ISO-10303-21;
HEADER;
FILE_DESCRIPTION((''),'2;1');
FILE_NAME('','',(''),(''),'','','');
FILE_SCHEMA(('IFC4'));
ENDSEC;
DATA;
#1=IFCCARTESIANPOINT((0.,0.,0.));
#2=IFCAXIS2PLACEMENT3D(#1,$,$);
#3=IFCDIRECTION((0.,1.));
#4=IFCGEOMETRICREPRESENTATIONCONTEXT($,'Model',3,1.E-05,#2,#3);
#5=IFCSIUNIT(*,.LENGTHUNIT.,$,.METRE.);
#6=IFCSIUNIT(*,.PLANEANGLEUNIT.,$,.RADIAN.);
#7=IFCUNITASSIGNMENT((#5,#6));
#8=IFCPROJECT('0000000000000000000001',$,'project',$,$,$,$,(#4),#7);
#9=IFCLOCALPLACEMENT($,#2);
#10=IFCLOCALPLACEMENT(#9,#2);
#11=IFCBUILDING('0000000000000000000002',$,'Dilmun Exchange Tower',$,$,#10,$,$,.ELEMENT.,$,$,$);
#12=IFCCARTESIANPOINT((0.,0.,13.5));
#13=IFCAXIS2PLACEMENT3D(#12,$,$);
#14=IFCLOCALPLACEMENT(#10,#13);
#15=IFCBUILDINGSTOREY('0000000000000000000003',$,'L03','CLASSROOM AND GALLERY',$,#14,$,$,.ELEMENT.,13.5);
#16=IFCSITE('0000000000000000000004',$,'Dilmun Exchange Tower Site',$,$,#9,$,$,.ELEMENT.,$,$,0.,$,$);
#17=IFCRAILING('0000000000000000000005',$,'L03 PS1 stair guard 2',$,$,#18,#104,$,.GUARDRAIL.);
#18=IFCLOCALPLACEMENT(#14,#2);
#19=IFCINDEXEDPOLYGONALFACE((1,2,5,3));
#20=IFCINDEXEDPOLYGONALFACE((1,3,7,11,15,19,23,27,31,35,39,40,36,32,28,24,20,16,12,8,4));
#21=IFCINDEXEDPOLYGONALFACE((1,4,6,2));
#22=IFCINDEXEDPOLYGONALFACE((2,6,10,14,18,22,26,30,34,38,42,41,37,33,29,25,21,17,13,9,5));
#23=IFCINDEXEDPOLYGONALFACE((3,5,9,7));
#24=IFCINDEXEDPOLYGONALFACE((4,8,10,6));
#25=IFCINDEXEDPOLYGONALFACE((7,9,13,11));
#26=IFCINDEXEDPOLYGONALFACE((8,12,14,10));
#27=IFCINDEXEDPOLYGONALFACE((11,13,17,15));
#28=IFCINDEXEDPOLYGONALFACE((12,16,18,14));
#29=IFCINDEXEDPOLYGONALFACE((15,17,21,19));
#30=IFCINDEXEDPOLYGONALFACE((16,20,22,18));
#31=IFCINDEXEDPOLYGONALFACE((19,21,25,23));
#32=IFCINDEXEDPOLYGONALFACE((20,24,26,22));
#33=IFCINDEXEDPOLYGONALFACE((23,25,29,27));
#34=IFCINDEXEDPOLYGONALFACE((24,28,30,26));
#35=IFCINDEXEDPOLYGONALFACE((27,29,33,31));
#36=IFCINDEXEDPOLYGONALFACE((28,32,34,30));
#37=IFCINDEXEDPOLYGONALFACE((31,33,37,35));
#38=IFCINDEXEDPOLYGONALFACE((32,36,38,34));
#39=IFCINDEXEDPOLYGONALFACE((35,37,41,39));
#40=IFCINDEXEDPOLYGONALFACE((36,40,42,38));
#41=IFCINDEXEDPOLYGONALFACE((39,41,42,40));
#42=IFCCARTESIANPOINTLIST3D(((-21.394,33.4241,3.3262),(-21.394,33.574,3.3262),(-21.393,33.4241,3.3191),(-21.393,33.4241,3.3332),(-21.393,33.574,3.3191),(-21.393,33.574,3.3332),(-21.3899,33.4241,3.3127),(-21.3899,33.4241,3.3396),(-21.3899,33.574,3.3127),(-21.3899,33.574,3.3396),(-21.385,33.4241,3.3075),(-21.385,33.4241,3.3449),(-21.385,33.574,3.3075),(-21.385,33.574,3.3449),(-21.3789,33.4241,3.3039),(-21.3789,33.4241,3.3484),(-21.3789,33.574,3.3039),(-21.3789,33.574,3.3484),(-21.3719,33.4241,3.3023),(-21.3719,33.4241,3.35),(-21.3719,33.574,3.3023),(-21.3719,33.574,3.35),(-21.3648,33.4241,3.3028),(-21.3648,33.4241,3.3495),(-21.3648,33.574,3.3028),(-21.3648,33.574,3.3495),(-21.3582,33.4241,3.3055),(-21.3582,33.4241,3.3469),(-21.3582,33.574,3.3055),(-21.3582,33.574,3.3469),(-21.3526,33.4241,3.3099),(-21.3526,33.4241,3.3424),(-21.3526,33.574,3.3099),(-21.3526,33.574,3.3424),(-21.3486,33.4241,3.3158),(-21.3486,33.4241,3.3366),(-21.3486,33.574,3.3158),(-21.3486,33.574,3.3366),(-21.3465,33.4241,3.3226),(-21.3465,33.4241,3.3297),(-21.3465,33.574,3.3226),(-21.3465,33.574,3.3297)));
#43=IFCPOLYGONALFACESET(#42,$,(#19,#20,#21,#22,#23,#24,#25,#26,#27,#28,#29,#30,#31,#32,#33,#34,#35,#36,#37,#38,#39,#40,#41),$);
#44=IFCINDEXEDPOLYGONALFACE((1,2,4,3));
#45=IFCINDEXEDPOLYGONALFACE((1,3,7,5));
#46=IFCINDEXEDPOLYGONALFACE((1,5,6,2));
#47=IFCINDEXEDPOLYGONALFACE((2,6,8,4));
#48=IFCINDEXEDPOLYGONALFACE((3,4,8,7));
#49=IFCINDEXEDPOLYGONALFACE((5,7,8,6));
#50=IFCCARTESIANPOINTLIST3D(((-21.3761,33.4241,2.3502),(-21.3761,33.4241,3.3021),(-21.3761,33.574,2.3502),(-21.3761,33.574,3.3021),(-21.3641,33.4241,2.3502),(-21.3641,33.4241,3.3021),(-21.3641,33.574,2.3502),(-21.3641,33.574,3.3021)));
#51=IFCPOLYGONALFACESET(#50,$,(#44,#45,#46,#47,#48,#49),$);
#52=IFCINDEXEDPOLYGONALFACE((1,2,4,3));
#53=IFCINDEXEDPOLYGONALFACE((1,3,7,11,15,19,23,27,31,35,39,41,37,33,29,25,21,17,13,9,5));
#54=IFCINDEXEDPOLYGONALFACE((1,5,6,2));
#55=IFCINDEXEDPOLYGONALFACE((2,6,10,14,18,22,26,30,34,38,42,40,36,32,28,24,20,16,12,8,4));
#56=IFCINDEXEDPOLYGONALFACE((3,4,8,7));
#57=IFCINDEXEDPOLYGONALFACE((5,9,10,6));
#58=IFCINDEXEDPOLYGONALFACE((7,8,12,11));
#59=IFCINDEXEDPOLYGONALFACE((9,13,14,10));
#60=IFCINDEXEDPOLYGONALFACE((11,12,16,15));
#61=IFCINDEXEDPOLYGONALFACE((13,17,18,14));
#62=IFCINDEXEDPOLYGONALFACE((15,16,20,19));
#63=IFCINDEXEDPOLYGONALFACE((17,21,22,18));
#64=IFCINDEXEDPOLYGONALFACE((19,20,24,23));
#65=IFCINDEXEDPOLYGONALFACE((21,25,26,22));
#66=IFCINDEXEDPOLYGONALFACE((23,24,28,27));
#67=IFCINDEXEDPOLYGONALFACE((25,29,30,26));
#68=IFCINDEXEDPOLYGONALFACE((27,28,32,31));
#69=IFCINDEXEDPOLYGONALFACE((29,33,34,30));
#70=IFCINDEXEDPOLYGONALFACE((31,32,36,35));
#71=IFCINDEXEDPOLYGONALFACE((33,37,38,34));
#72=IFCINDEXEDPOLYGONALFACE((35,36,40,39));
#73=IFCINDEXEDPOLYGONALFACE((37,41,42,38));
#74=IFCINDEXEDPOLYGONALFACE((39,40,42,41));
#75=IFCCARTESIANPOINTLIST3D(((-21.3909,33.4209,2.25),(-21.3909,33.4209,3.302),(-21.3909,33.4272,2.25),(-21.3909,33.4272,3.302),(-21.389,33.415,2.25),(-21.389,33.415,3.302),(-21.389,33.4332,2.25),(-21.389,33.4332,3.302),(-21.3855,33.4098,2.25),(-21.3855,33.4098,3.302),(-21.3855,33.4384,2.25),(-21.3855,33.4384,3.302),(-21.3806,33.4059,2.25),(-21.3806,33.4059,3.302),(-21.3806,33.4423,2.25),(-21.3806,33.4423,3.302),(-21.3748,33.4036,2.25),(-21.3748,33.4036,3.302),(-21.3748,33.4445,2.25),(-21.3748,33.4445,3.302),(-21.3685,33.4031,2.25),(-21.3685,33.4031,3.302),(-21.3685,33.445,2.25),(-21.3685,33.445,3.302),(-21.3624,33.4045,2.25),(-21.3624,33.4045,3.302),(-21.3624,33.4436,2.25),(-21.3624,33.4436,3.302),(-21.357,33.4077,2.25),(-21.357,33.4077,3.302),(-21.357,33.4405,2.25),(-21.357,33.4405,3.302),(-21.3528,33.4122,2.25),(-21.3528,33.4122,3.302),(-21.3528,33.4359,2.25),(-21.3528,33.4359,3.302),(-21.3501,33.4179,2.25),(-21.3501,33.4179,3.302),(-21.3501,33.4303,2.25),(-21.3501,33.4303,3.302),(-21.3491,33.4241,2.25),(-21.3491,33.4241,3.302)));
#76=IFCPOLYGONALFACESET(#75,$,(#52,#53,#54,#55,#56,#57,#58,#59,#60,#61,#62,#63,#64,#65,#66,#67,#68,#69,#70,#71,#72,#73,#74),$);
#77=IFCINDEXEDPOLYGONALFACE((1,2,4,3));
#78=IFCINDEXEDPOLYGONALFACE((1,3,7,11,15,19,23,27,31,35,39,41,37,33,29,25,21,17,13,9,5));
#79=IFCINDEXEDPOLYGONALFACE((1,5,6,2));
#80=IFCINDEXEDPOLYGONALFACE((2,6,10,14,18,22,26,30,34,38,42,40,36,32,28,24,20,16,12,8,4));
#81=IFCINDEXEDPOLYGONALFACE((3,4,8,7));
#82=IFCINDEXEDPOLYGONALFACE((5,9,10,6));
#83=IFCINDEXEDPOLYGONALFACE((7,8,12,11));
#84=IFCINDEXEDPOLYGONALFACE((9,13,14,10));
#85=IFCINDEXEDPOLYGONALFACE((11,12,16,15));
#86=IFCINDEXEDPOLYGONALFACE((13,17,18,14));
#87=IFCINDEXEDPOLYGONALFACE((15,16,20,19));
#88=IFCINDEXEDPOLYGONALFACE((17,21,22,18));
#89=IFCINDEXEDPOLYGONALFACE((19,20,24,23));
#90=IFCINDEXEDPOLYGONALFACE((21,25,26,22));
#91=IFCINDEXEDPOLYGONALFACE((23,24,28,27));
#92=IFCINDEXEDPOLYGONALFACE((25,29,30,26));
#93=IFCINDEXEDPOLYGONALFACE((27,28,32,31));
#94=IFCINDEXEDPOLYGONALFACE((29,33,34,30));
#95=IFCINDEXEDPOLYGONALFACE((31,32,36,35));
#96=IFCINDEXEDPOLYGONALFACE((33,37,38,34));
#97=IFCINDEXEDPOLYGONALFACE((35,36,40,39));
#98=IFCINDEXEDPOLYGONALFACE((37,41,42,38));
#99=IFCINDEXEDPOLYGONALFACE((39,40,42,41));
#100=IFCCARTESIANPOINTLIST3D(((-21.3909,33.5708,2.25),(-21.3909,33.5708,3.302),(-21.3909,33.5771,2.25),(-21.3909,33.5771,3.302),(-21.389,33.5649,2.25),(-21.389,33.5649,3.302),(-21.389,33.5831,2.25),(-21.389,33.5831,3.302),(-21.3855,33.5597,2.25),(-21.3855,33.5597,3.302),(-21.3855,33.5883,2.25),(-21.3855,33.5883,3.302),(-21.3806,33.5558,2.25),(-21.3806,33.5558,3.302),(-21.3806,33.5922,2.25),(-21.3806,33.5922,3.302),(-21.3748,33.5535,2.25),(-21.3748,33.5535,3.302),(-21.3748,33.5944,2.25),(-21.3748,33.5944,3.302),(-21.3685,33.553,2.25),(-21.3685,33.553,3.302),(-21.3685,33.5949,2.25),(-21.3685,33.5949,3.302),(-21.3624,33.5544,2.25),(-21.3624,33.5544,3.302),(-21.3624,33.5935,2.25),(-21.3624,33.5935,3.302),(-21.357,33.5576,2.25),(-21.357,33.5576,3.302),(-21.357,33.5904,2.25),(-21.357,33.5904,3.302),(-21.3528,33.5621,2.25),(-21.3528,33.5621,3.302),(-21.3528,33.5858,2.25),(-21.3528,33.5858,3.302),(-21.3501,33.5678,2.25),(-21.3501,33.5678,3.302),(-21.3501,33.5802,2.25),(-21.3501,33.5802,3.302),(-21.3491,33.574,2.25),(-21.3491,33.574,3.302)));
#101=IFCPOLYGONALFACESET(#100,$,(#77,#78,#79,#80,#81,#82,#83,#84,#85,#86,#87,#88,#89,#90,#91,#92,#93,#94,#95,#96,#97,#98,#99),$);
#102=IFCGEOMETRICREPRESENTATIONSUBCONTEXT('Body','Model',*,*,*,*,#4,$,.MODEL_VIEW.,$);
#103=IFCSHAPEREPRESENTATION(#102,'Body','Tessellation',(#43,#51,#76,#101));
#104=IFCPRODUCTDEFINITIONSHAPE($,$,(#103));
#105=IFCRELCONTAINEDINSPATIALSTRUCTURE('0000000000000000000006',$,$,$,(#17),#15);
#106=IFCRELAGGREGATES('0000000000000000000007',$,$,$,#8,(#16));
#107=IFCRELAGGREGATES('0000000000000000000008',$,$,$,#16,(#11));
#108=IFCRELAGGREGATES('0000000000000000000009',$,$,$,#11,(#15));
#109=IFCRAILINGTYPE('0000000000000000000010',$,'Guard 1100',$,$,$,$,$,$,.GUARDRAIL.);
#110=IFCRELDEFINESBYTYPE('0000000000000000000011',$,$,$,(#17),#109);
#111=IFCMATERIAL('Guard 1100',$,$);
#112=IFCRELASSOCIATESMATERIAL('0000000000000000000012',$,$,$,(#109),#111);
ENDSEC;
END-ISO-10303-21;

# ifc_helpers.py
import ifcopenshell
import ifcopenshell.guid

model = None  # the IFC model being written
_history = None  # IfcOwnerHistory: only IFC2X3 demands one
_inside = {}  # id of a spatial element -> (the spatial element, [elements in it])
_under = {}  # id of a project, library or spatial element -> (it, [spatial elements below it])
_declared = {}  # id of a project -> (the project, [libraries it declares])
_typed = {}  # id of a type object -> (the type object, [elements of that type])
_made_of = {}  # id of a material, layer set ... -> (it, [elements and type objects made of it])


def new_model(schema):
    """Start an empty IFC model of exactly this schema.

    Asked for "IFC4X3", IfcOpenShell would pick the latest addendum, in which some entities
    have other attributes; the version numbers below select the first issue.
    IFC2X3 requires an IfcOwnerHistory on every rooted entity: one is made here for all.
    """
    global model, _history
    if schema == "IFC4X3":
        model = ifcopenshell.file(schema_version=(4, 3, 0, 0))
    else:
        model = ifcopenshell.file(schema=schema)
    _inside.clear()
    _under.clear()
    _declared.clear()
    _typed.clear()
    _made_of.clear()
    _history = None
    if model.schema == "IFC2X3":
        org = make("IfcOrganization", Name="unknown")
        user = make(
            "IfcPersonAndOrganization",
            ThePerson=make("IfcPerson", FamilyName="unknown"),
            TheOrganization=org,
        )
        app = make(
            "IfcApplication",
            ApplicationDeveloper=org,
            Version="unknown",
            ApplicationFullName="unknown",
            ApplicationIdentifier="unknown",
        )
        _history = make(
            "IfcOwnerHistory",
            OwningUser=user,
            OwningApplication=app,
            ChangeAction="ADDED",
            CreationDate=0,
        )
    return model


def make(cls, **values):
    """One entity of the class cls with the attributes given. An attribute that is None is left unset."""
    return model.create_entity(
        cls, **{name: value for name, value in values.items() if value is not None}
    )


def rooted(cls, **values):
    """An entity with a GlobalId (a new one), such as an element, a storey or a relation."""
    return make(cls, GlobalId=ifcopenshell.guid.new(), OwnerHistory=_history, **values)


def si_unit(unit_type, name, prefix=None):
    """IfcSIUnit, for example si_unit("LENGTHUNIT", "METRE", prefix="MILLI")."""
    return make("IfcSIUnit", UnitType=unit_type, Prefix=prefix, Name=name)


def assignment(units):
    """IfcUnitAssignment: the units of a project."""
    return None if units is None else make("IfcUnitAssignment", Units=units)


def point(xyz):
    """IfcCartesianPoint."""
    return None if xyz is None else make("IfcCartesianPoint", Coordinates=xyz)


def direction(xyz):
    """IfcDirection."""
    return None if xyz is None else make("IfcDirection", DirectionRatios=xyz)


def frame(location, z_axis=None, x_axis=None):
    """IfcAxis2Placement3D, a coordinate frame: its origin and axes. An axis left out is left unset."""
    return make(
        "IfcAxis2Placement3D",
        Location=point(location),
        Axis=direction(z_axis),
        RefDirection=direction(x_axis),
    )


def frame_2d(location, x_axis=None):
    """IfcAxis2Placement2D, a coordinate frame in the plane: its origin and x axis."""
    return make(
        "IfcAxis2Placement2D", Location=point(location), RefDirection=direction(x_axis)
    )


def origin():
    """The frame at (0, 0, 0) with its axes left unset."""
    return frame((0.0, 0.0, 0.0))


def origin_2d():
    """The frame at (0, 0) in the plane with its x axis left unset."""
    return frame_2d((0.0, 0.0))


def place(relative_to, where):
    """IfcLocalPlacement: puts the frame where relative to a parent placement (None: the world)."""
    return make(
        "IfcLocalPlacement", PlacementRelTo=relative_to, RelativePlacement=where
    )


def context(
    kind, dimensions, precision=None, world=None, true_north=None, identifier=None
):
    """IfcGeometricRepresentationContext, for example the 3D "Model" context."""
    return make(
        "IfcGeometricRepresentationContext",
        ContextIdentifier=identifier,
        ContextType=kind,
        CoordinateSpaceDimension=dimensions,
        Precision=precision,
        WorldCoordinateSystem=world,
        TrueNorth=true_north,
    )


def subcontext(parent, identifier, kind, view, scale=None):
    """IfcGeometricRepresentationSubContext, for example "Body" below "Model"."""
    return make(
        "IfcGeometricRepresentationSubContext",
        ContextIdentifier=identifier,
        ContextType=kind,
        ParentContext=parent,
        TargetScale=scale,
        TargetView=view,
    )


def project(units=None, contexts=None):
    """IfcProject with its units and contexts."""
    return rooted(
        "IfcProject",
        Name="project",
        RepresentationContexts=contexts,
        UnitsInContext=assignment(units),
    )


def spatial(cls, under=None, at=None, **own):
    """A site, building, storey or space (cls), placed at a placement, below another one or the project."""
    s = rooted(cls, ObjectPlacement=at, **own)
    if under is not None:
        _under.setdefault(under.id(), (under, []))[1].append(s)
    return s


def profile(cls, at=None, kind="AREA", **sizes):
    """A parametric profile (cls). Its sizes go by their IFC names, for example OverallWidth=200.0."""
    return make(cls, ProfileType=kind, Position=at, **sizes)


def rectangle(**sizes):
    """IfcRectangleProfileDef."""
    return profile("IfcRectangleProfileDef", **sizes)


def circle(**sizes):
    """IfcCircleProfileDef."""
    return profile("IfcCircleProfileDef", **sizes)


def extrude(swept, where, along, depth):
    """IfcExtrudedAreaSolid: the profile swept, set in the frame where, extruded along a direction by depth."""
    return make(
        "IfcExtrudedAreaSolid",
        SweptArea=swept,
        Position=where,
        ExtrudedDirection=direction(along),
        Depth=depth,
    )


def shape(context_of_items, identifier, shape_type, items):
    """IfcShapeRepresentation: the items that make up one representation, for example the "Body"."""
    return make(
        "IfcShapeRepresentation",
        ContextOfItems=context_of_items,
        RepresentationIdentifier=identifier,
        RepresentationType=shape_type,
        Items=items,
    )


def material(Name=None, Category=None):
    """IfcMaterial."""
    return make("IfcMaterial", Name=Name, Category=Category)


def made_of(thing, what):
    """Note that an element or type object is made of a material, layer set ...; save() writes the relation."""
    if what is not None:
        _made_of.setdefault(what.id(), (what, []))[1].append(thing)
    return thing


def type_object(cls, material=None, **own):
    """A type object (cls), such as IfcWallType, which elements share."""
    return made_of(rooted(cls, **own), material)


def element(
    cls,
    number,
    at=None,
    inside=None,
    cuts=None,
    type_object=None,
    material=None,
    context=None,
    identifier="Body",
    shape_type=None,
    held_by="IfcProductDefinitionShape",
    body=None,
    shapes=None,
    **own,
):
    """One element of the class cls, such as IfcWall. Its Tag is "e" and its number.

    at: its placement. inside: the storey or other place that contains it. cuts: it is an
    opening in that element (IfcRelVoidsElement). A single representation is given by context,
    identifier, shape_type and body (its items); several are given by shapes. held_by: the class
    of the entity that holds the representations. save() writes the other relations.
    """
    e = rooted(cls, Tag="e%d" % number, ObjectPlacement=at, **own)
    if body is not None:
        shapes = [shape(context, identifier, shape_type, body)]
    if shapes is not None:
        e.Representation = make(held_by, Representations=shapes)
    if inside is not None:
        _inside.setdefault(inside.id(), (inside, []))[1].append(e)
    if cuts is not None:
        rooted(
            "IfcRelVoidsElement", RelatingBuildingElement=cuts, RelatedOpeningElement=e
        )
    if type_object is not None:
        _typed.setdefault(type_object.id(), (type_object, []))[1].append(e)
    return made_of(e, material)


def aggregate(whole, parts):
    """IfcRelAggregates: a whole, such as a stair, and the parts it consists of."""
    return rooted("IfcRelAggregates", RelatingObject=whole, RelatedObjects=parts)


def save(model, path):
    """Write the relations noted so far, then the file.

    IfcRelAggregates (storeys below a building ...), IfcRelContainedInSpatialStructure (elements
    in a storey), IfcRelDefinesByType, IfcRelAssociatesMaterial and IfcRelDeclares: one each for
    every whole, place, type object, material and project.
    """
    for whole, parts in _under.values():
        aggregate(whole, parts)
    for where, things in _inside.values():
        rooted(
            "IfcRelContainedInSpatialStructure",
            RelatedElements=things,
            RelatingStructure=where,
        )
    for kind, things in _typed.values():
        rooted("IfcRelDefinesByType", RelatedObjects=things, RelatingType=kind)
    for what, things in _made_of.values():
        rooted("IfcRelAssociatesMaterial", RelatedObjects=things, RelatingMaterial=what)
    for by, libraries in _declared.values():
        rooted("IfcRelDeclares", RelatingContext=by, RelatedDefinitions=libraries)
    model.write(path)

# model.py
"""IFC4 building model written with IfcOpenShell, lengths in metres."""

from ifc_helpers import new_model, si_unit, direction, frame, origin, origin_2d, place, context, subcontext, project, spatial, rectangle, circle, extrude, material, type_object, element, save


model = new_model("IFC4")

# Units and contexts
model_context = context("Model", 3, precision=1e-05, world=origin(), true_north=direction((0.0, 1.0)))
body_context = subcontext(model_context, "Body", "Model", "MODEL_VIEW")
ifc_project = project(units=[si_unit("LENGTHUNIT", "METRE"), si_unit("PLANEANGLEUNIT", "RADIAN")], contexts=[model_context])

# Site, building, storey
site_placement = place(None, origin())
site = spatial("IfcSite", under=ifc_project, at=site_placement, Name="Dilmun Exchange Tower Site", CompositionType="ELEMENT", RefElevation=0.0)
building_placement = place(site_placement, origin())
building = spatial("IfcBuilding", under=site, at=building_placement, Name="Dilmun Exchange Tower", CompositionType="ELEMENT")
storey_placement = place(building_placement, frame((0.0, 0.0, 13.5)))
storey = spatial("IfcBuildingStorey", under=building, at=storey_placement, Name="L03", Description="CLASSROOM AND GALLERY", CompositionType="ELEMENT", Elevation=13.5)

# Railing
ifc_material_1 = material(Name="Guard 1100")
railing_type_1 = type_object("IfcRailingType", Name="Guard 1100", PredefinedType="GUARDRAIL", material=ifc_material_1)
railing_1_placement = place(storey_placement, frame((-21.3701, 33.4241, 2.25)))
element("IfcRailing", 1, at=railing_1_placement, inside=storey, type_object=railing_type_1, Name="L03 PS1 stair guard 2", PredefinedType="GUARDRAIL", context=body_context, shape_type="SweptSolid", body=[
    extrude(circle(Radius=0.0239, at=origin_2d()), frame((0.0, 0.0, 1.0762), z_axis=(0.0, 1.0, 0.0), x_axis=(-1.0, 0.0, 0.0)), (0.0, 0.0, 1.0), 0.1499),
    extrude(rectangle(XDim=0.012, YDim=0.9519, at=origin_2d()), frame((0.0, 0.0, 0.5762), z_axis=(0.0, 1.0, 0.0), x_axis=(-1.0, 0.0, 0.0)), (0.0, 0.0, 1.0), 0.1499),
    extrude(circle(Radius=0.021, at=origin_2d()), origin(), (0.0, 0.0, 1.0), 1.052),
    extrude(circle(Radius=0.021, at=origin_2d()), frame((0.0, 0.1499, 0.0)), (0.0, 0.0, 1.0), 1.052),
])

save(model, "model.ifc")
